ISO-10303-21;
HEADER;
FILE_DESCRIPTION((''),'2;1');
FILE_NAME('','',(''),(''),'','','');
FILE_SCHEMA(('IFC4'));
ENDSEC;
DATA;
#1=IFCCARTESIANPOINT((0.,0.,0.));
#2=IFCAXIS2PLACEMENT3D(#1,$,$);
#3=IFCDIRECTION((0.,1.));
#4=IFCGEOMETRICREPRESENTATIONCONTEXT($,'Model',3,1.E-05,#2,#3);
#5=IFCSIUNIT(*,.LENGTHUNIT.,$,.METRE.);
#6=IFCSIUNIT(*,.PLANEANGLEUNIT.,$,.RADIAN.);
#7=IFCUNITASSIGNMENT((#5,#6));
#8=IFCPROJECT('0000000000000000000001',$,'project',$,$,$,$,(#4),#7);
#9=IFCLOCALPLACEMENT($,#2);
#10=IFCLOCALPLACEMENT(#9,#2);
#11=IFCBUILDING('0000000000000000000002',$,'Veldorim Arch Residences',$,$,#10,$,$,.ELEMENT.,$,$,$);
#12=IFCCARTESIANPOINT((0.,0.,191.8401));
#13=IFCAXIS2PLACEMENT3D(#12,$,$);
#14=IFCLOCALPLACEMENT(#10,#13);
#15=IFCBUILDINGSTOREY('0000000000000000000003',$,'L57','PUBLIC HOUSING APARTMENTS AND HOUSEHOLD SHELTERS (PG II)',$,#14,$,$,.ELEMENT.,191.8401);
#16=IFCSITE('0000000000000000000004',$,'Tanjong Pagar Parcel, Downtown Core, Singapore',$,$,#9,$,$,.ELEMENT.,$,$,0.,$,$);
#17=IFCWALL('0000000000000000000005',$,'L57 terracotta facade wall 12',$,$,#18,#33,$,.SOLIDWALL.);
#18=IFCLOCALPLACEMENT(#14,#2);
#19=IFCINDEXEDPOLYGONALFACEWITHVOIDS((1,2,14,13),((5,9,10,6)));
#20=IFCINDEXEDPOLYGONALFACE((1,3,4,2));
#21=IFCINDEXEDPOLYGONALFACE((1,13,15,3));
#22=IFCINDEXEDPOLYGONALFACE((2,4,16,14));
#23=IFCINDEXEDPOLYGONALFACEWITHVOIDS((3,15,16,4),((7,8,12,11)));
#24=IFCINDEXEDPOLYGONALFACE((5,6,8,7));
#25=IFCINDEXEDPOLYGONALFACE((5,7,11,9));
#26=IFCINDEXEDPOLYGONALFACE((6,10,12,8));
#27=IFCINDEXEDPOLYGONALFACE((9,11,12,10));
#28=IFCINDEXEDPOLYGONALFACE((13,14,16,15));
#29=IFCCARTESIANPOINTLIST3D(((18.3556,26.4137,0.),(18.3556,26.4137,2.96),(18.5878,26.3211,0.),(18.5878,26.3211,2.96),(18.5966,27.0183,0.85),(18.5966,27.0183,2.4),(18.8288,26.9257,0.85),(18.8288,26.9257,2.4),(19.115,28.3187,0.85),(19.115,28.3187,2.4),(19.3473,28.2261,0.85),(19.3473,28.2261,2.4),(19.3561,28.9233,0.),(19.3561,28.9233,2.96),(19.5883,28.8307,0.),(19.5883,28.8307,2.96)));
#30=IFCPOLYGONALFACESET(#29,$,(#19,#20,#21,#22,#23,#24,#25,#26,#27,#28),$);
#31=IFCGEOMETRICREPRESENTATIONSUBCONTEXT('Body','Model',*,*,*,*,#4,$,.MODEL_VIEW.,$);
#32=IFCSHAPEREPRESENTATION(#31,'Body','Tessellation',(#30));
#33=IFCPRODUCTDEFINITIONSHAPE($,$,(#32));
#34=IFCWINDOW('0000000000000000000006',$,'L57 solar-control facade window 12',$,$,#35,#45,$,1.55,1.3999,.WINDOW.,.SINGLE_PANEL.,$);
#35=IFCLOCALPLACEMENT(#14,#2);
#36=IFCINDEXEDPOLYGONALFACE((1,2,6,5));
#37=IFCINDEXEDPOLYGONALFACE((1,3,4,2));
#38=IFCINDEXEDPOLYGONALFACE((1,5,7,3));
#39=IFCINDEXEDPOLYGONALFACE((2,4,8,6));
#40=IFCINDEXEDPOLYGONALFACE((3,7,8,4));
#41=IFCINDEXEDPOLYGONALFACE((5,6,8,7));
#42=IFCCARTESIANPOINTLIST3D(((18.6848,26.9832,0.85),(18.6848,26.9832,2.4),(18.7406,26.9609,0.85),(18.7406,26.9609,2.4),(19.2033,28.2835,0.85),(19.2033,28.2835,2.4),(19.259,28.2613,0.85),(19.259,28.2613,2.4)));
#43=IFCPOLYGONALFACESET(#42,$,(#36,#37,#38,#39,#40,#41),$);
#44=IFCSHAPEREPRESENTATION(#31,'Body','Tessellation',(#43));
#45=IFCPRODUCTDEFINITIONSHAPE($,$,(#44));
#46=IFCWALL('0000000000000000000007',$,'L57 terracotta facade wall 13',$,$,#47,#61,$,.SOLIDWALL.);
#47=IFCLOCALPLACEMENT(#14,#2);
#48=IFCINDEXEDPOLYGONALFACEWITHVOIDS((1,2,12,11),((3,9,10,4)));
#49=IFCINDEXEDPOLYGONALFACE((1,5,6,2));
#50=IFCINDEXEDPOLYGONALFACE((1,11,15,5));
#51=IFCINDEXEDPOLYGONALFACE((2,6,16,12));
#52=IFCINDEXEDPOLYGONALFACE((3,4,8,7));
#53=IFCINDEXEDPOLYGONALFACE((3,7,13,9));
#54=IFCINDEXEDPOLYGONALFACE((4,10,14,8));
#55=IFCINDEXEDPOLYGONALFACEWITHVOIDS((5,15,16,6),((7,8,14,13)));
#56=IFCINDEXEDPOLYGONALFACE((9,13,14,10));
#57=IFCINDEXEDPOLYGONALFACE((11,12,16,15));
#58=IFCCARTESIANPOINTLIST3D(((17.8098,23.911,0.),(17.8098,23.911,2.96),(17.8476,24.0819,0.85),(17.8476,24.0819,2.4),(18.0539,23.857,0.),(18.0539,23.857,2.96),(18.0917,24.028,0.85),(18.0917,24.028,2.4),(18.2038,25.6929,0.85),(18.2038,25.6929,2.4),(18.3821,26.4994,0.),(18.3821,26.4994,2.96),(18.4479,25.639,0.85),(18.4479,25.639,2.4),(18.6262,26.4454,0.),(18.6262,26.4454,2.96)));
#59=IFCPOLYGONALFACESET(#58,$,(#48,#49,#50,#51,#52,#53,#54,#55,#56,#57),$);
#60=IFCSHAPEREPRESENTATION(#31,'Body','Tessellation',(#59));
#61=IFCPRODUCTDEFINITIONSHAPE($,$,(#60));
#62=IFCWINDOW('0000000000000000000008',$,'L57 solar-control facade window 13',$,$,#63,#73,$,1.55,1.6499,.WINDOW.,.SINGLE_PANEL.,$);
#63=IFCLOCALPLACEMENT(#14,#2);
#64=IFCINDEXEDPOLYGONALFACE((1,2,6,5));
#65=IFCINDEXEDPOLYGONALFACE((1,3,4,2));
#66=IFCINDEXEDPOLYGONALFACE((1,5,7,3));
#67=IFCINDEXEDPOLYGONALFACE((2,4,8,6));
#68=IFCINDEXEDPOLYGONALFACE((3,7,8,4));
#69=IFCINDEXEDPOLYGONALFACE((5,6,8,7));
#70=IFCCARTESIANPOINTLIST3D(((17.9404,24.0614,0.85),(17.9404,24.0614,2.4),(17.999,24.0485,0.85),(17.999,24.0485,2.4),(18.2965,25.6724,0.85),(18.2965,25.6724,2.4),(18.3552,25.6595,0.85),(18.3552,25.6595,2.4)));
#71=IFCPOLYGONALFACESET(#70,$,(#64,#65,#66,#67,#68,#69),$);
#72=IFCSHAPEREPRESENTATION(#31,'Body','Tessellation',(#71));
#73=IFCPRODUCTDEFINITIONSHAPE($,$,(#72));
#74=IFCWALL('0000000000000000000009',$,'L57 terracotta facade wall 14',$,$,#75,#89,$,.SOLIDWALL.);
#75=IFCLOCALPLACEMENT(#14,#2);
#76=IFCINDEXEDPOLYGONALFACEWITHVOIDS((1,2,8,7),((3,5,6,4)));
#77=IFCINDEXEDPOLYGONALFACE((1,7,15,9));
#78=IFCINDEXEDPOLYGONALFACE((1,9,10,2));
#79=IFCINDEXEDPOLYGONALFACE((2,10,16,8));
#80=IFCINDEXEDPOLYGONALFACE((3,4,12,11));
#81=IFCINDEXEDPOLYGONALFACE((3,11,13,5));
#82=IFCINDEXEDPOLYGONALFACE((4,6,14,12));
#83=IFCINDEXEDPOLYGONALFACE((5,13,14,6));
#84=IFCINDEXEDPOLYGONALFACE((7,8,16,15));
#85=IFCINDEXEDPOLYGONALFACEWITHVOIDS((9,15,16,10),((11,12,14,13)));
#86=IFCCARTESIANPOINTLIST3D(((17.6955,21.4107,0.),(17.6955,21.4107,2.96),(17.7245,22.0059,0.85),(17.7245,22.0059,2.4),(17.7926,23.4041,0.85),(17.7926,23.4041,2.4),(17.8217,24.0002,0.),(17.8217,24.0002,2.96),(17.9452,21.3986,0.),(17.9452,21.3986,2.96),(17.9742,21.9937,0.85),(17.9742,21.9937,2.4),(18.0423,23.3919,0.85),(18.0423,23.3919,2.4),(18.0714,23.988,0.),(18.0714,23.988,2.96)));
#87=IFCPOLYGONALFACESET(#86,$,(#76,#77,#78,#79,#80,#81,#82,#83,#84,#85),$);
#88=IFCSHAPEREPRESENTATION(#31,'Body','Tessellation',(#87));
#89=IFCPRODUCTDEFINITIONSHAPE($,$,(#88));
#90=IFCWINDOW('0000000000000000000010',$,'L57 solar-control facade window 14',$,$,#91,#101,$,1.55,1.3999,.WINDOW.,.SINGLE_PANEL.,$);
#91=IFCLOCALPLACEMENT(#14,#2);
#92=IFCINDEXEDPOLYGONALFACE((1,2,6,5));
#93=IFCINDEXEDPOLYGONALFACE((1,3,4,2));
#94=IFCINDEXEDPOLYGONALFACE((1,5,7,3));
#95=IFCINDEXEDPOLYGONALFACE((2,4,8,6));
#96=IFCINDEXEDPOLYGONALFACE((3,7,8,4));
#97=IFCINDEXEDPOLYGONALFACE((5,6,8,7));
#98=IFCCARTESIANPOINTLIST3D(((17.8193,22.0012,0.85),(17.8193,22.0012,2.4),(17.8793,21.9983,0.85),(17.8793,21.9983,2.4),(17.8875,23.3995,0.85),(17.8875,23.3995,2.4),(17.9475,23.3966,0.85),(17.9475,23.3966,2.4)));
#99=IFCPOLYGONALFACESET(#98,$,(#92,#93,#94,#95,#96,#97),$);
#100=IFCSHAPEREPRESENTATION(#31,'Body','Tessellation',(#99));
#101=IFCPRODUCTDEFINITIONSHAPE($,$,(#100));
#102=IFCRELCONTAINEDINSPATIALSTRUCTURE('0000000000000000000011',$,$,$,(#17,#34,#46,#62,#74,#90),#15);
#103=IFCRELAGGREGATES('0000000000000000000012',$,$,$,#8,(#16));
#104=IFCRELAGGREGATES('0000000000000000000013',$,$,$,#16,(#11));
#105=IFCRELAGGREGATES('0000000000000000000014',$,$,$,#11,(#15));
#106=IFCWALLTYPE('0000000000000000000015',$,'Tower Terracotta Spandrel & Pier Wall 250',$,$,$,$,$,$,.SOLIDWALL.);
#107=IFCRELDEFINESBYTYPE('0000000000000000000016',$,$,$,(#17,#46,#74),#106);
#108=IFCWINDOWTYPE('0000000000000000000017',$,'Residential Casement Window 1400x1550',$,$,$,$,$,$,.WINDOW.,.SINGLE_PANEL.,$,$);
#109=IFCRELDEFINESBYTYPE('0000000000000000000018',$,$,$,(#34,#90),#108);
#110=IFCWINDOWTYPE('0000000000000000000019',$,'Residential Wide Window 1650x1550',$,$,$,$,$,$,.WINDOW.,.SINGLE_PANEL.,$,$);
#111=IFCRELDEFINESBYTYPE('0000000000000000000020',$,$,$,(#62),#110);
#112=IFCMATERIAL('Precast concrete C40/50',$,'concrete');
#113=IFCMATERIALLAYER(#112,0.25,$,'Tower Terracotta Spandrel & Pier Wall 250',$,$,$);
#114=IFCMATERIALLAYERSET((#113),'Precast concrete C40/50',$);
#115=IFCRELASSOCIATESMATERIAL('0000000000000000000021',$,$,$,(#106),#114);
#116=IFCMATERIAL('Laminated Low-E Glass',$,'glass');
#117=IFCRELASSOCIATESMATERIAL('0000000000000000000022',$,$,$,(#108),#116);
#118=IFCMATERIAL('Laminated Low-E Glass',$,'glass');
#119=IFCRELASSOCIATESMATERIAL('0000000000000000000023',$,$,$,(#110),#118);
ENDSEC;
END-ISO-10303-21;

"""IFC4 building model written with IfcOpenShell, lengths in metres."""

from ifc_helpers import new_model, si_unit, direction, frame, frame_2d, origin, place, context, subcontext, project, spatial, rectangle, extrude, material, layer, layer_set, type_object, element, fill, save


model = new_model("IFC4")

# Units and contexts
model_context = context("Model", 3, precision=1e-05, world=origin(), true_north=direction((0.0, 1.0)))
body_context = subcontext(model_context, "Body", "Model", "MODEL_VIEW")
ifc_project = project(units=[si_unit("LENGTHUNIT", "METRE"), si_unit("PLANEANGLEUNIT", "RADIAN")], contexts=[model_context])

# Site, building, storey
site_placement = place(None, origin())
site = spatial("IfcSite", under=ifc_project, at=site_placement, Name="Tanjong Pagar Parcel, Downtown Core, Singapore", CompositionType="ELEMENT", RefElevation=0.0)
building_placement = place(site_placement, origin())
building = spatial("IfcBuilding", under=site, at=building_placement, Name="Veldorim Arch Residences", CompositionType="ELEMENT")
storey_placement = place(building_placement, frame((0.0, 0.0, 191.8401)))
storey = spatial("IfcBuildingStorey", under=building, at=storey_placement, Name="L57", Description="PUBLIC HOUSING APARTMENTS AND HOUSEHOLD SHELTERS (PG II)", CompositionType="ELEMENT", Elevation=191.8401)

# Walls, openings, windows
ifc_material_1 = material(Name="Precast concrete C40/50", Category="concrete")
ifc_layer_1 = layer(ifc_material_1, 0.25, Name="Tower Terracotta Spandrel & Pier Wall 250")
ifc_layer_set_1 = layer_set([ifc_layer_1], Name="Precast concrete C40/50")
wall_type_1 = type_object("IfcWallType", Name="Tower Terracotta Spandrel & Pier Wall 250", PredefinedType="SOLIDWALL", material=ifc_layer_set_1)
wall_1_placement = place(storey_placement, frame((18.4717, 26.3674, 0.0), z_axis=(0.0, 0.0, 1.0), x_axis=(0.370331, 0.9289, 0.0)))
wall_1 = element("IfcWall", 1, at=wall_1_placement, inside=storey, type_object=wall_type_1, Name="L57 terracotta facade wall 12", PredefinedType="SOLIDWALL", context=body_context, shape_type="SweptSolid", body=[
    extrude(rectangle(XDim=2.7017, YDim=0.25, at=frame_2d((1.3508, 0.0))), origin(), (0.0, 0.0, 1.0), 2.96),
])
opening_1_placement = place(wall_1_placement, frame((0.6509, 0.0, 0.8501)))
opening_1 = element("IfcOpeningElement", 2, at=opening_1_placement, cuts=wall_1, PredefinedType="OPENING", context=body_context, shape_type="SweptSolid", body=[
    extrude(rectangle(XDim=1.3999, YDim=1.55, at=frame_2d((0.7, 0.7749))), frame((0.0, 0.135, 0.0), z_axis=(0.0, -1.0, 0.0), x_axis=(1.0, 0.0, 0.0)), (0.0, 0.0, 1.0), 0.27),
])
ifc_material_2 = material(Name="Laminated Low-E Glass", Category="glass")
window_type_1 = type_object("IfcWindowType", Name="Residential Casement Window 1400x1550", PartitioningType="SINGLE_PANEL", PredefinedType="WINDOW", material=ifc_material_2)
window_1_placement = place(opening_1_placement, origin())
window_1 = element("IfcWindow", 3, at=window_1_placement, inside=storey, type_object=window_type_1, Name="L57 solar-control facade window 12", OverallHeight=1.55, OverallWidth=1.3999, PartitioningType="SINGLE_PANEL", PredefinedType="WINDOW", context=body_context, shape_type="SweptSolid", body=[
    extrude(rectangle(XDim=1.3999, YDim=1.55, at=frame_2d((0.7, 0.7749))), frame((0.0, 0.03, 0.0), z_axis=(0.0, -1.0, 0.0), x_axis=(1.0, 0.0, 0.0)), (0.0, 0.0, 1.0), 0.0601),
])
fill(opening_1, window_1)
wall_2_placement = place(storey_placement, frame((17.9319, 23.884, 0.0), z_axis=(0.0, 0.0, 1.0), x_axis=(0.215877, 0.976421, 0.0)))
wall_2 = element("IfcWall", 4, at=wall_2_placement, inside=storey, type_object=wall_type_1, Name="L57 terracotta facade wall 13", PredefinedType="SOLIDWALL", context=body_context, shape_type="SweptSolid", body=[
    extrude(rectangle(XDim=2.6509, YDim=0.25, at=frame_2d((1.3254, 0.0))), origin(), (0.0, 0.0, 1.0), 2.96),
])
opening_2_placement = place(wall_2_placement, frame((0.175, 0.0, 0.8501)))
opening_2 = element("IfcOpeningElement", 5, at=opening_2_placement, cuts=wall_2, PredefinedType="OPENING", context=body_context, shape_type="SweptSolid", body=[
    extrude(rectangle(XDim=1.6499, YDim=1.55, at=frame_2d((0.825, 0.7749))), frame((0.0, 0.135, 0.0), z_axis=(0.0, -1.0, 0.0), x_axis=(1.0, 0.0, 0.0)), (0.0, 0.0, 1.0), 0.27),
])
ifc_material_3 = material(Name="Laminated Low-E Glass", Category="glass")
window_type_2 = type_object("IfcWindowType", Name="Residential Wide Window 1650x1550", PartitioningType="SINGLE_PANEL", PredefinedType="WINDOW", material=ifc_material_3)
window_2_placement = place(opening_2_placement, origin())
window_2 = element("IfcWindow", 6, at=window_2_placement, inside=storey, type_object=window_type_2, Name="L57 solar-control facade window 13", OverallHeight=1.55, OverallWidth=1.6499, PartitioningType="SINGLE_PANEL", PredefinedType="WINDOW", context=body_context, shape_type="SweptSolid", body=[
    extrude(rectangle(XDim=1.6499, YDim=1.55, at=frame_2d((0.825, 0.7749))), frame((0.0, 0.03, 0.0), z_axis=(0.0, -1.0, 0.0), x_axis=(1.0, 0.0, 0.0)), (0.0, 0.0, 1.0), 0.0601),
])
fill(opening_2, window_2)
wall_3_placement = place(storey_placement, frame((17.8203, 21.4045, 0.0), z_axis=(0.0, 0.0, 1.0), x_axis=(0.048688, 0.998814, 0.0)))
wall_3 = element("IfcWall", 7, at=wall_3_placement, inside=storey, type_object=wall_type_1, Name="L57 terracotta facade wall 14", PredefinedType="SOLIDWALL", context=body_context, shape_type="SweptSolid", body=[
    extrude(rectangle(XDim=2.5925, YDim=0.25, at=frame_2d((1.2964, 0.0))), origin(), (0.0, 0.0, 1.0), 2.96),
])
opening_3_placement = place(wall_3_placement, frame((0.5959, 0.0, 0.8501)))
opening_3 = element("IfcOpeningElement", 8, at=opening_3_placement, cuts=wall_3, PredefinedType="OPENING", context=body_context, shape_type="SweptSolid", body=[
    extrude(rectangle(XDim=1.3999, YDim=1.55, at=frame_2d((0.7, 0.7749))), frame((0.0, 0.135, 0.0), z_axis=(0.0, -1.0, 0.0), x_axis=(1.0, 0.0, 0.0)), (0.0, 0.0, 1.0), 0.27),
])
window_3_placement = place(opening_3_placement, origin())
window_3 = element("IfcWindow", 9, at=window_3_placement, inside=storey, type_object=window_type_1, Name="L57 solar-control facade window 14", OverallHeight=1.55, OverallWidth=1.3999, PartitioningType="SINGLE_PANEL", PredefinedType="WINDOW", context=body_context, shape_type="SweptSolid", body=[
    extrude(rectangle(XDim=1.3999, YDim=1.55, at=frame_2d((0.7, 0.7749))), frame((0.0, 0.03, 0.0), z_axis=(0.0, -1.0, 0.0), x_axis=(1.0, 0.0, 0.0)), (0.0, 0.0, 1.0), 0.0601),
])
fill(opening_3, window_3)

save(model, "model.ifc")
